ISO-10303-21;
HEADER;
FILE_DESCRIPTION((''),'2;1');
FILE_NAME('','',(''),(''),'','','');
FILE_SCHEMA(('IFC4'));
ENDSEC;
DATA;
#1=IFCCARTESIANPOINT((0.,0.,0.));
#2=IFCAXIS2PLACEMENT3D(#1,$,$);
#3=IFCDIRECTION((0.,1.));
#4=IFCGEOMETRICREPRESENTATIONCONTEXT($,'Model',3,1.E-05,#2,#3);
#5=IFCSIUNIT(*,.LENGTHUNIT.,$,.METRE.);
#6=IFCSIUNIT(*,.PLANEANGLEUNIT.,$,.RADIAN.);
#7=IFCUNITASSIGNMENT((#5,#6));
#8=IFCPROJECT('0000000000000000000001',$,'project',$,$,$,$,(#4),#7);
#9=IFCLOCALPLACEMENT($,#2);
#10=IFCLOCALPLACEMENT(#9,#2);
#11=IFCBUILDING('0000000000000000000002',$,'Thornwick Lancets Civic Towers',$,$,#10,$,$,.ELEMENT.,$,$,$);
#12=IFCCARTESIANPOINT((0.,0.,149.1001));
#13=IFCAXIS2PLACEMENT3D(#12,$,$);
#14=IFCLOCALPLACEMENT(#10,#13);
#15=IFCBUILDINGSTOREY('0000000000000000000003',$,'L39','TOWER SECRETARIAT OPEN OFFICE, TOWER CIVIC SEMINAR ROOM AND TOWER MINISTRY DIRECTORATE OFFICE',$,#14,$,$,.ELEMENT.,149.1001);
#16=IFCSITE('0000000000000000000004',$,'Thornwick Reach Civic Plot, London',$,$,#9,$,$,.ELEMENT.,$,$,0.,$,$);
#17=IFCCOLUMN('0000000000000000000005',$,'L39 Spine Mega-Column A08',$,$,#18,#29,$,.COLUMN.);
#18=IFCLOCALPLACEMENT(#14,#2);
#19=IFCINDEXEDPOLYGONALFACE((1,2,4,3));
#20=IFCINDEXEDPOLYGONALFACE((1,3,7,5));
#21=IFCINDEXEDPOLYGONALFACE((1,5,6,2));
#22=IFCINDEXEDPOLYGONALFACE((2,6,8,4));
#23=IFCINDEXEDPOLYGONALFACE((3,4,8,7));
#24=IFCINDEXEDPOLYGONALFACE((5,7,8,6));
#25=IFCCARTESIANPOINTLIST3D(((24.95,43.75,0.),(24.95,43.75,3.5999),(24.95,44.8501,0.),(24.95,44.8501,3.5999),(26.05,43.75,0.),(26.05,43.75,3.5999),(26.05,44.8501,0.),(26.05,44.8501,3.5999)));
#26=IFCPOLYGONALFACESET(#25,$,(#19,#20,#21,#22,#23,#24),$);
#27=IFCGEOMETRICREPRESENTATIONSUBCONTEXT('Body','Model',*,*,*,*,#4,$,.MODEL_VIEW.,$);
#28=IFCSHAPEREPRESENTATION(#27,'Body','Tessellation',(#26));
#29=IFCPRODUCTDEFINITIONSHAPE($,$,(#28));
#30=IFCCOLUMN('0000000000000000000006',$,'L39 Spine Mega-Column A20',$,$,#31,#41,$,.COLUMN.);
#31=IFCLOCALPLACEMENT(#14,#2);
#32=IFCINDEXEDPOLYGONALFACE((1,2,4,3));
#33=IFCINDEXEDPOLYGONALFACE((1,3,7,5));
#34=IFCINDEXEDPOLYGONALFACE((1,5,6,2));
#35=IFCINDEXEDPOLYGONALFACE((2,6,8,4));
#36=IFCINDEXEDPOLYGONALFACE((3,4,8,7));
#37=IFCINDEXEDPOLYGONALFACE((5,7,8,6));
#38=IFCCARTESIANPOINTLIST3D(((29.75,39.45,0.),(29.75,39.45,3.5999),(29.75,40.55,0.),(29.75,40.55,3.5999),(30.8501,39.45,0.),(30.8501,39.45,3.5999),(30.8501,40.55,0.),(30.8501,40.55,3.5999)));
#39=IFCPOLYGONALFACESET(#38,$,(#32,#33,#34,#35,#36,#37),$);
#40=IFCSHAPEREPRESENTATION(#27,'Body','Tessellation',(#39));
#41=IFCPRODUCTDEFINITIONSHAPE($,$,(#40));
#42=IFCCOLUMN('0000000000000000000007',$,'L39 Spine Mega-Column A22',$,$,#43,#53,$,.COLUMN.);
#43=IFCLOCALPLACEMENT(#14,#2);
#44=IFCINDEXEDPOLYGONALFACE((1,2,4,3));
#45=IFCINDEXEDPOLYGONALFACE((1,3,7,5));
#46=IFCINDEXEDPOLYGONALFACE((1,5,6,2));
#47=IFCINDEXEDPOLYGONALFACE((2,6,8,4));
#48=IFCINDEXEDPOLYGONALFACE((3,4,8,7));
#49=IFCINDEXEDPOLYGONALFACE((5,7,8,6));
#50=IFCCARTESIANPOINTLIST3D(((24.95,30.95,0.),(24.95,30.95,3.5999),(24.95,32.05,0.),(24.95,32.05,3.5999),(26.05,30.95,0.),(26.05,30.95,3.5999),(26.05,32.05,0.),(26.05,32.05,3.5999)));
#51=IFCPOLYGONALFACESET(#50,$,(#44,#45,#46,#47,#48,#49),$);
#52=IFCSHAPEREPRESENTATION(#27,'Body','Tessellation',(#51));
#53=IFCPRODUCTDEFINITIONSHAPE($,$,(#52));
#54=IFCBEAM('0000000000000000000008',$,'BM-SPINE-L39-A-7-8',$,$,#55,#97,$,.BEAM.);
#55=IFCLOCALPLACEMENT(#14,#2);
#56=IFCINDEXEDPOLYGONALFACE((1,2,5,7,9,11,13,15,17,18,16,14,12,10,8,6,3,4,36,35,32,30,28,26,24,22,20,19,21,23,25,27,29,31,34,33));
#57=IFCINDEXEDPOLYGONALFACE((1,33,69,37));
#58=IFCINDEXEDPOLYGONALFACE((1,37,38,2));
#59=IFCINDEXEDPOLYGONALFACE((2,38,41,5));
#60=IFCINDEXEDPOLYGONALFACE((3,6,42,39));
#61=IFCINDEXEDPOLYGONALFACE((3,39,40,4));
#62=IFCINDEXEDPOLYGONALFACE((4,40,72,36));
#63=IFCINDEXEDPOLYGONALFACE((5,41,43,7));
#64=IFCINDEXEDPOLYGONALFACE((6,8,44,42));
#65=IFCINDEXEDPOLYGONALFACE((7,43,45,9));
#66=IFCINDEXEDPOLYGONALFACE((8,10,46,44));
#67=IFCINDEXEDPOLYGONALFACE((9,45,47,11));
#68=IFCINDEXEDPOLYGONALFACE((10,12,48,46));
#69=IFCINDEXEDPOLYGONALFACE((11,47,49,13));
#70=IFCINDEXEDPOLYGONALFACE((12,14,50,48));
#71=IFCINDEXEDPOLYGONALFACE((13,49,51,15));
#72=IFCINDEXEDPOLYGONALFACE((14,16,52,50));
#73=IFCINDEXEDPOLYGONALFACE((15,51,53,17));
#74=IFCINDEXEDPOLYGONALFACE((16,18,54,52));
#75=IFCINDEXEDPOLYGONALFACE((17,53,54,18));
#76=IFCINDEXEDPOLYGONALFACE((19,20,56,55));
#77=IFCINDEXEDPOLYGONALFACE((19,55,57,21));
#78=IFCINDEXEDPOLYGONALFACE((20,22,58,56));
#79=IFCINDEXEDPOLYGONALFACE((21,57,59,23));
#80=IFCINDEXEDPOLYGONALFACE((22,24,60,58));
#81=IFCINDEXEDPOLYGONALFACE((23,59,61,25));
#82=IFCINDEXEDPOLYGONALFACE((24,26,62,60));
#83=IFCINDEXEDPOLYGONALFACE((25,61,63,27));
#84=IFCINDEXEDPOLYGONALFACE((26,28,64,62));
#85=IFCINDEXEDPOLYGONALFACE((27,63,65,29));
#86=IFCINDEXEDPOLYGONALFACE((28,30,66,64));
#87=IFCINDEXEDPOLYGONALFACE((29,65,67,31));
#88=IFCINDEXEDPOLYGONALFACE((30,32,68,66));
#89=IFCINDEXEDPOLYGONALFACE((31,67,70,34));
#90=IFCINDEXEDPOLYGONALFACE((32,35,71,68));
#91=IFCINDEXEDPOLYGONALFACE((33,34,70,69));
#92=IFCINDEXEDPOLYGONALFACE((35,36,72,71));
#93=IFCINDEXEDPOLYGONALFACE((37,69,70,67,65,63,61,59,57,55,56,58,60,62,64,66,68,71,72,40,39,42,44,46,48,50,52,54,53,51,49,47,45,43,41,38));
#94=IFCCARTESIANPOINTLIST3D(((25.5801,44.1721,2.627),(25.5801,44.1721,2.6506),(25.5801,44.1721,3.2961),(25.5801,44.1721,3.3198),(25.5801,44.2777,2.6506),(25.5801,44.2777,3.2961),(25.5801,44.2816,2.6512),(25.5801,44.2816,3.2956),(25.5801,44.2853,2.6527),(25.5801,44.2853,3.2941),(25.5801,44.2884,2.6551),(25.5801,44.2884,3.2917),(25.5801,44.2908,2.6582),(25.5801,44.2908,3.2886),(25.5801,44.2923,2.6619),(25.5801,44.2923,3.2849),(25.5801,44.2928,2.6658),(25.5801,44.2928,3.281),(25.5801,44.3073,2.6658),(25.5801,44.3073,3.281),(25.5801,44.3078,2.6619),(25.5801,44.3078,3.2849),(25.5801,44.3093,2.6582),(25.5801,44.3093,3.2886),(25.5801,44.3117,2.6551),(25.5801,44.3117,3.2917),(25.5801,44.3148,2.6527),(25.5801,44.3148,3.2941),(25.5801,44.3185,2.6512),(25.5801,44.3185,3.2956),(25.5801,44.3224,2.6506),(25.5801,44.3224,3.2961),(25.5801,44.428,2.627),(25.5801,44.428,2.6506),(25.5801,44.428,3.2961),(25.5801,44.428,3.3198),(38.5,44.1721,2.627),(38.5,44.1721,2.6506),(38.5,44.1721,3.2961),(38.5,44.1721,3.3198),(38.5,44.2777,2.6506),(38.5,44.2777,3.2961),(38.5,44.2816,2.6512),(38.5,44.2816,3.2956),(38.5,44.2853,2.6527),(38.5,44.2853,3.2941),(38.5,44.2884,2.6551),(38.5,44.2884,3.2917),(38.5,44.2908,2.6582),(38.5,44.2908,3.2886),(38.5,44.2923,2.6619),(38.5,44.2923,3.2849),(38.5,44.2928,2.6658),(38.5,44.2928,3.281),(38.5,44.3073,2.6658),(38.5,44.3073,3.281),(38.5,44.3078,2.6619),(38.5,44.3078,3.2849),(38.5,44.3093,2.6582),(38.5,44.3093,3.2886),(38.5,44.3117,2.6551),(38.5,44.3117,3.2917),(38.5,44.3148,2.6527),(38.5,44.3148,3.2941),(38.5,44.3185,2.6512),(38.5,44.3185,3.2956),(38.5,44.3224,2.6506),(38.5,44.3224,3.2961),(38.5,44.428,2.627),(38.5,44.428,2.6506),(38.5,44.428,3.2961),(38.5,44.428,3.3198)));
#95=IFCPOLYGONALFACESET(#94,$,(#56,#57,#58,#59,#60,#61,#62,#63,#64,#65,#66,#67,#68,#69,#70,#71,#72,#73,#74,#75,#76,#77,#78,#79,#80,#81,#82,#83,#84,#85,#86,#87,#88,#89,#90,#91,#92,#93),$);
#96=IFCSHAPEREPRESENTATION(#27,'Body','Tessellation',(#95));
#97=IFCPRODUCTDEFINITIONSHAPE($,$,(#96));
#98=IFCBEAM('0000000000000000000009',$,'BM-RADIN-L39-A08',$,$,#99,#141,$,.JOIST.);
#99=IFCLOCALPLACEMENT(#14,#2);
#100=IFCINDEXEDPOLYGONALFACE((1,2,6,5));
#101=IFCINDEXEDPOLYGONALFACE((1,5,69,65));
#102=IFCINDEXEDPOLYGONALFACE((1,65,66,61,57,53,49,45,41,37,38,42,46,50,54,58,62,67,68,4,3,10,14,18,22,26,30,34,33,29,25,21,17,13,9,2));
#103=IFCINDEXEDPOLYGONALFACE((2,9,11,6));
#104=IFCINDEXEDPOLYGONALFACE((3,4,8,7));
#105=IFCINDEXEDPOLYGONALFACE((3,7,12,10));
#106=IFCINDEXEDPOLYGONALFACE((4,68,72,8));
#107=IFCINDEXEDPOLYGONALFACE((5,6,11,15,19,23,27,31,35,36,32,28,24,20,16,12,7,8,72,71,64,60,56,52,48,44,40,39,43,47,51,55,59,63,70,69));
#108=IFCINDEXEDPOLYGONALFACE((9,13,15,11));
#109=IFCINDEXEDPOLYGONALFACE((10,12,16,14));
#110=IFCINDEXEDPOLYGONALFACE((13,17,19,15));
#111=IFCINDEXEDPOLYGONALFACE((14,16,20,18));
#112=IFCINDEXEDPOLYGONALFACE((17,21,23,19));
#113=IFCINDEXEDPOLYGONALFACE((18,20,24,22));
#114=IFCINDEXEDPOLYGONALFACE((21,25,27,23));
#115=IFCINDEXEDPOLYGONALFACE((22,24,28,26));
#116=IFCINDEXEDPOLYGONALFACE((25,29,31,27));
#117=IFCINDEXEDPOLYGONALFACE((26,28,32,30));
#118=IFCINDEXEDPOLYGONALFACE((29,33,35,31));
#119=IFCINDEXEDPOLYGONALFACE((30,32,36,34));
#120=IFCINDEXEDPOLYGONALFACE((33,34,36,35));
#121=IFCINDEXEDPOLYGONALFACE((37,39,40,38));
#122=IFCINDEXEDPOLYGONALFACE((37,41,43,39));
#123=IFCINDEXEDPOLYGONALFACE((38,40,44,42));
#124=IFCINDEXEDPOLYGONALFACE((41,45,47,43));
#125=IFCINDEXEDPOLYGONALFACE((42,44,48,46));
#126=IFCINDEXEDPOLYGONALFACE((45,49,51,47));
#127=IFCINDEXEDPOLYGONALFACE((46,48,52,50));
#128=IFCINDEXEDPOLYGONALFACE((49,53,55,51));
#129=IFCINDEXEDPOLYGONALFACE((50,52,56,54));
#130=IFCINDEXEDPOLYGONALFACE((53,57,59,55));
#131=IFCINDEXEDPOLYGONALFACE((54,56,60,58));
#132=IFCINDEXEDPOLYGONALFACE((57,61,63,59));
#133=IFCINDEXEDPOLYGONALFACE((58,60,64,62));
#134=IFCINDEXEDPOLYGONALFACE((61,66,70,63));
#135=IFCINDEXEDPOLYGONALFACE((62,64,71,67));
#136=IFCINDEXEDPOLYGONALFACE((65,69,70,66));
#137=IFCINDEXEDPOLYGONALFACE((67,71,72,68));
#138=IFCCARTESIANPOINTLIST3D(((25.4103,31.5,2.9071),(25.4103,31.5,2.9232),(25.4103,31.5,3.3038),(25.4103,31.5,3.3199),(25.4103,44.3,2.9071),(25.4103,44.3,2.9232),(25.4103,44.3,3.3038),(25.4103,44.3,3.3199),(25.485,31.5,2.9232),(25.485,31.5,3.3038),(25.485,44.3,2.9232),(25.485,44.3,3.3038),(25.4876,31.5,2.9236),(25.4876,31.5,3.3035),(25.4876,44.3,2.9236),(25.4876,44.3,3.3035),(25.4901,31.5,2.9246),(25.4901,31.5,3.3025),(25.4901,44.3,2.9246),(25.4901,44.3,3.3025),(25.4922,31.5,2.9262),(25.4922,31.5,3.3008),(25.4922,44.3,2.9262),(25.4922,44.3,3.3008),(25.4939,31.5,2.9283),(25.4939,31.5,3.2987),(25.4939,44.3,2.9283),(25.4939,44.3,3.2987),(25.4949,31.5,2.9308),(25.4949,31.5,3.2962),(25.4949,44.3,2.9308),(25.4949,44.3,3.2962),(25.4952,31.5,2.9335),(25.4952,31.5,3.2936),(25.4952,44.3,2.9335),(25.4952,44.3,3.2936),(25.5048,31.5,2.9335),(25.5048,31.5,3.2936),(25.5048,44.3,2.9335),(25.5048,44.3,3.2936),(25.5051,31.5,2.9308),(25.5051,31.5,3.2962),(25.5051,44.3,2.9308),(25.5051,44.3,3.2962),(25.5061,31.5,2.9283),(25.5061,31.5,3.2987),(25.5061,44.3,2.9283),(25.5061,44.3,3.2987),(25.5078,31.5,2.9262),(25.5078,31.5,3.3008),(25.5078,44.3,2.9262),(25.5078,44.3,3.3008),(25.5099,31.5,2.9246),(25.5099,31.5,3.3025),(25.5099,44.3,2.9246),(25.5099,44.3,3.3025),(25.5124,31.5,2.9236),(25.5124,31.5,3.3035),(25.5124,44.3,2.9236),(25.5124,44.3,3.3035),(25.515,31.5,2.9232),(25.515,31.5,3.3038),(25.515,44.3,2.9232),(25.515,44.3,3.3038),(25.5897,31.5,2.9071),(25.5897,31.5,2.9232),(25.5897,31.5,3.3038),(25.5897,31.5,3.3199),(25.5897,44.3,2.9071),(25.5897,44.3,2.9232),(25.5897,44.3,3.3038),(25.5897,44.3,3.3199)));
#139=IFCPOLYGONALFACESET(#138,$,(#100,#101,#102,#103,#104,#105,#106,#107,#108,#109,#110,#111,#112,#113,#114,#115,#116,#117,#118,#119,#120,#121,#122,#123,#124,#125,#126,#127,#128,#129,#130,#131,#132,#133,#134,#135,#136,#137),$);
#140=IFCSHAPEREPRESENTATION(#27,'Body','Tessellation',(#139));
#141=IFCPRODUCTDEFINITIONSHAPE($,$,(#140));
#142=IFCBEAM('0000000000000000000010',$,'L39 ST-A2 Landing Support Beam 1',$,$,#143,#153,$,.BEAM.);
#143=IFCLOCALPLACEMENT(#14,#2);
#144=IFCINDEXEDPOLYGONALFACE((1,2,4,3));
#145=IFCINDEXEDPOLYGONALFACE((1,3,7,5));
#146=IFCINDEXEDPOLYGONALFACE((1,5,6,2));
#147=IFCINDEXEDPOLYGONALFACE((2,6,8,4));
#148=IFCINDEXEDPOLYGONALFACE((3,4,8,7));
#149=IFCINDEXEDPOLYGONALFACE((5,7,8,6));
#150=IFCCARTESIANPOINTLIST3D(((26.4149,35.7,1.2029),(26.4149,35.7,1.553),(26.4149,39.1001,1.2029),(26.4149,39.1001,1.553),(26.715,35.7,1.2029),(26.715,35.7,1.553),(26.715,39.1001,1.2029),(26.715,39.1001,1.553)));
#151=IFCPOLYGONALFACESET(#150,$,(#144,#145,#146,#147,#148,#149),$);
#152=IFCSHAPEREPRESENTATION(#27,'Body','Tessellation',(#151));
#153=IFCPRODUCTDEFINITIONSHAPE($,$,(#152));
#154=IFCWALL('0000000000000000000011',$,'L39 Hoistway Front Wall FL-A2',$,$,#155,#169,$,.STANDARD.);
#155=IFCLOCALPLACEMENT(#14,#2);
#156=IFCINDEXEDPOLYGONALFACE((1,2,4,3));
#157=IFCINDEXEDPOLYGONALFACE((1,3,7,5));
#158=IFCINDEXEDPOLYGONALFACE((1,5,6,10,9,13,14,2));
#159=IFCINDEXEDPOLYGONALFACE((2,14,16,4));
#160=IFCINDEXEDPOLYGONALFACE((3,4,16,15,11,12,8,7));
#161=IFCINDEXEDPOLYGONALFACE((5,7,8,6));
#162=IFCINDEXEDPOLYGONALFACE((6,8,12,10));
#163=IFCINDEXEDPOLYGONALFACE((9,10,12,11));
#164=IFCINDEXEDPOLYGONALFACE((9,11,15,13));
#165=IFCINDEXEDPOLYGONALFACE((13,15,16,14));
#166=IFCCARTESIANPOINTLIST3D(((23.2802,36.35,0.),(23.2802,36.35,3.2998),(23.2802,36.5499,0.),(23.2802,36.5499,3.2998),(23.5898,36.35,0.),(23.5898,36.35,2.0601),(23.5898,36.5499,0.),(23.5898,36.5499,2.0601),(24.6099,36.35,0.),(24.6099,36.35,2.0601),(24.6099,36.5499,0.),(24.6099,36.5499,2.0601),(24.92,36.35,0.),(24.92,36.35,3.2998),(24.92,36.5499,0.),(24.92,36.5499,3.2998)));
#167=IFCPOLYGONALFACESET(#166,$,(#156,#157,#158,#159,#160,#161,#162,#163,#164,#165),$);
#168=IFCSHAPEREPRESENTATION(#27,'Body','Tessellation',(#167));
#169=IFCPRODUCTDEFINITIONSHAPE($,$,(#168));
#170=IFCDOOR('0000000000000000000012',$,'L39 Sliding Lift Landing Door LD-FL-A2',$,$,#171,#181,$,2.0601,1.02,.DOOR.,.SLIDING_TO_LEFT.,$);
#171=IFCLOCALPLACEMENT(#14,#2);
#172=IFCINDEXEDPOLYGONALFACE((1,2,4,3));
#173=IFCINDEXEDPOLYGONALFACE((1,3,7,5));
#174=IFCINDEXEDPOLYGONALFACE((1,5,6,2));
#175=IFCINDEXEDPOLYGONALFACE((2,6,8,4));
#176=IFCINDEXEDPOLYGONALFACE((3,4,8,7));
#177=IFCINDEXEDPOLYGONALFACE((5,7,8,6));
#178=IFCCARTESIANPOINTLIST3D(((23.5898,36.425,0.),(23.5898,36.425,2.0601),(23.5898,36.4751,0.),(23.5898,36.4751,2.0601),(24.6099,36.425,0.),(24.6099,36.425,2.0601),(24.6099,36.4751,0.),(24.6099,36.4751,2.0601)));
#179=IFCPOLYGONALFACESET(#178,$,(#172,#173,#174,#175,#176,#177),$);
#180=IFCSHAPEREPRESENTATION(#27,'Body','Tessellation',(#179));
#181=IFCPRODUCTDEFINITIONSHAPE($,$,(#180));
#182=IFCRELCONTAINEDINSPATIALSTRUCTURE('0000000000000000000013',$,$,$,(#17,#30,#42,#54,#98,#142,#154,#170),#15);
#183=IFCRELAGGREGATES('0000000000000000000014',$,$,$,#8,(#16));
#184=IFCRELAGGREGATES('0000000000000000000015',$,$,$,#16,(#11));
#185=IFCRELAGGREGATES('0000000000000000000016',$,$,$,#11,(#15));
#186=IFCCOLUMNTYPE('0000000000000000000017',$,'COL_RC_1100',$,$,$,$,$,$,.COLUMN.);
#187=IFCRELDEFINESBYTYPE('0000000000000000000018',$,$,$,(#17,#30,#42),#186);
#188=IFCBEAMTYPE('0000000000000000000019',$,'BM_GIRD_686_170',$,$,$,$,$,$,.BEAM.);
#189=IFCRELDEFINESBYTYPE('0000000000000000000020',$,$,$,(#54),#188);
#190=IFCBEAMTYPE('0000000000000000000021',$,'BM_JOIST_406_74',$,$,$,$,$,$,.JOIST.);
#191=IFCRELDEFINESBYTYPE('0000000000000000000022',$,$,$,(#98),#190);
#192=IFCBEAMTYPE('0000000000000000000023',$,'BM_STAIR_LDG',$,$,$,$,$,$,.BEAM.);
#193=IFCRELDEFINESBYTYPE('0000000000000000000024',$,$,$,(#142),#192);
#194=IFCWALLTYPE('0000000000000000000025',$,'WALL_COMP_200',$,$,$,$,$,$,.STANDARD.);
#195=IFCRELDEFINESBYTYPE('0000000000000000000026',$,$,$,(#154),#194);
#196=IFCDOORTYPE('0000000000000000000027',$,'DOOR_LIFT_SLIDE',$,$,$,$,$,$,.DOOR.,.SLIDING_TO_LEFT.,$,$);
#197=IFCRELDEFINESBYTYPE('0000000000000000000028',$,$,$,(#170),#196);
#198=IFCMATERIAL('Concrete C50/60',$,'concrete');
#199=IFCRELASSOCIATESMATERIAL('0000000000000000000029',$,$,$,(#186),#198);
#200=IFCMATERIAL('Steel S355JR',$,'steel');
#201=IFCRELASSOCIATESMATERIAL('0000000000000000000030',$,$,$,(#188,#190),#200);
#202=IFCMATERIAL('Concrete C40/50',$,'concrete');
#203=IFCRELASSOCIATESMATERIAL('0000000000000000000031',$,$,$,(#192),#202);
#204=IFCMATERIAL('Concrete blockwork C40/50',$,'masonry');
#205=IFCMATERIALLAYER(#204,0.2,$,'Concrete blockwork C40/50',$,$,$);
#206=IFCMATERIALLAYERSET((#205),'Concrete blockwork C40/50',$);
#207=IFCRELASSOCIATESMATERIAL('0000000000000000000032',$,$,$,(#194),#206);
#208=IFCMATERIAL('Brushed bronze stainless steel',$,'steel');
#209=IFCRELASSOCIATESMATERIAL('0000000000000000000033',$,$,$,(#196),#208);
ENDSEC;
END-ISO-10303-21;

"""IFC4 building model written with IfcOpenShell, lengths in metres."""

from ifc_helpers import new_model, si_unit, direction, frame, frame_2d, origin, origin_2d, place, context, subcontext, project, spatial, rectangle, i_section, extrude, material, layer, layer_set, material_profile, profile_set, type_object, element, fill, save


model = new_model("IFC4")

# Units and contexts
model_context = context("Model", 3, precision=1e-05, world=origin(), true_north=direction((0.0, 1.0)))
body_context = subcontext(model_context, "Body", "Model", "MODEL_VIEW")
ifc_project = project(units=[si_unit("LENGTHUNIT", "METRE"), si_unit("PLANEANGLEUNIT", "RADIAN")], contexts=[model_context])

# Site, building, storey
site_placement = place(None, origin())
site = spatial("IfcSite", under=ifc_project, at=site_placement, Name="Thornwick Reach Civic Plot, London", CompositionType="ELEMENT", RefElevation=0.0)
building_placement = place(site_placement, origin())
building = spatial("IfcBuilding", under=site, at=building_placement, Name="Thornwick Lancets Civic Towers", CompositionType="ELEMENT")
storey_placement = place(building_placement, frame((0.0, 0.0, 149.1001)))
storey = spatial("IfcBuildingStorey", under=building, at=storey_placement, Name="L39", Description="TOWER SECRETARIAT OPEN OFFICE, TOWER CIVIC SEMINAR ROOM AND TOWER MINISTRY DIRECTORATE OFFICE", CompositionType="ELEMENT", Elevation=149.1001)

# Columns
ifc_material_1 = material(Name="Concrete C50/60", Category="concrete")
ifc_material_profile_1 = material_profile(ifc_material_1, rectangle(XDim=1.1001, YDim=1.1001, at=origin_2d()), Name="RC 1100x1100")
ifc_profile_set_1 = profile_set([ifc_material_profile_1], Name="Concrete C50/60")
column_type = type_object("IfcColumnType", Name="COL_RC_1100", PredefinedType="COLUMN", material=ifc_profile_set_1)
for number, where, z_axis, x_axis, name in (
    (1, (25.5, 44.3, 0.0), (0.0, 0.0, 1.0), (1.0, 0.0, 0.0), "L39 Spine Mega-Column A08"),
    (2, (30.3, 40.0, 0.0), (0.0, 0.0, 1.0), (1.0, 0.0, 0.0), "L39 Spine Mega-Column A20"),
    (3, (25.5, 31.5, 0.0), (0.0, 0.0, 1.0), (1.0, 0.0, 0.0), "L39 Spine Mega-Column A22"),
):
    element("IfcColumn", number, at=place(storey_placement, frame(where, z_axis=z_axis, x_axis=x_axis)), inside=storey, type_object=column_type, Name=name, PredefinedType="COLUMN", context=body_context, shape_type="SweptSolid", body=[
        extrude(rectangle(XDim=1.1001, YDim=1.1001, at=origin_2d()), origin(), (0.0, 0.0, 1.0), 3.5999),
    ])

# Beams
ifc_material_2 = material(Name="Steel S355JR", Category="steel")
ifc_material_profile_2 = material_profile(ifc_material_2, i_section(OverallWidth=0.2559, OverallDepth=0.6929, WebThickness=0.0144, FlangeThickness=0.0237, FilletRadius=0.0151, at=origin_2d()), Name="UKB 686x254x170")
ifc_profile_set_2 = profile_set([ifc_material_profile_2], Name="Steel S355JR")
beam_type_1 = type_object("IfcBeamType", Name="BM_GIRD_686_170", PredefinedType="BEAM", material=ifc_profile_set_2)
beam_1_placement = place(storey_placement, frame((25.5801, 44.3, 2.9734), z_axis=(1.0, 0.0, 0.0), x_axis=(0.0, 1.0, 0.0)))
element("IfcBeam", 4, at=beam_1_placement, inside=storey, type_object=beam_type_1, Name="BM-SPINE-L39-A-7-8", PredefinedType="BEAM", context=body_context, shape_type="SweptSolid", body=[
    extrude(i_section(OverallWidth=0.2559, OverallDepth=0.6929, WebThickness=0.0144, FlangeThickness=0.0237, FilletRadius=0.0151, at=origin_2d()), origin(), (0.0, 0.0, 1.0), 12.9199),
])
ifc_material_profile_3 = material_profile(ifc_material_2, i_section(OverallWidth=0.1794, OverallDepth=0.4128, WebThickness=0.0095, FlangeThickness=0.0161, FilletRadius=0.0103, at=origin_2d()), Name="UKB 406x178x74")
ifc_profile_set_3 = profile_set([ifc_material_profile_3], Name="Steel S355JR")
beam_type_2 = type_object("IfcBeamType", Name="BM_JOIST_406_74", PredefinedType="JOIST", material=ifc_profile_set_3)
beam_2_placement = place(storey_placement, frame((25.5, 31.5, 3.1135), z_axis=(0.0, 1.0, 0.0), x_axis=(-1.0, 0.0, 0.0)))
element("IfcBeam", 5, at=beam_2_placement, inside=storey, type_object=beam_type_2, Name="BM-RADIN-L39-A08", PredefinedType="JOIST", context=body_context, shape_type="SweptSolid", body=[
    extrude(i_section(OverallWidth=0.1794, OverallDepth=0.4128, WebThickness=0.0095, FlangeThickness=0.0161, FilletRadius=0.0103, at=origin_2d()), origin(), (0.0, 0.0, 1.0), 12.8),
])
ifc_material_3 = material(Name="Concrete C40/50", Category="concrete")
ifc_material_profile_4 = material_profile(ifc_material_3, rectangle(XDim=0.3, YDim=0.3501, at=origin_2d()), Name="RC 300x350")
ifc_profile_set_4 = profile_set([ifc_material_profile_4], Name="Concrete C40/50")
beam_type_3 = type_object("IfcBeamType", Name="BM_STAIR_LDG", PredefinedType="BEAM", material=ifc_profile_set_4)
beam_3_placement = place(storey_placement, frame((26.5649, 39.1001, 1.3779), z_axis=(0.0, -1.0, 0.0), x_axis=(1.0, 0.0, 0.0)))
element("IfcBeam", 6, at=beam_3_placement, inside=storey, type_object=beam_type_3, Name="L39 ST-A2 Landing Support Beam 1", PredefinedType="BEAM", context=body_context, shape_type="SweptSolid", body=[
    extrude(rectangle(XDim=0.3, YDim=0.3501, at=origin_2d()), origin(), (0.0, 0.0, 1.0), 3.4001),
])

# Wall, opening, door
ifc_material_4 = material(Name="Concrete blockwork C40/50", Category="masonry")
ifc_layer_1 = layer(ifc_material_4, 0.2, Name="Concrete blockwork C40/50")
ifc_layer_set_1 = layer_set([ifc_layer_1], Name="Concrete blockwork C40/50")
wall_type_1 = type_object("IfcWallType", Name="WALL_COMP_200", PredefinedType="STANDARD", material=ifc_layer_set_1)
wall_1_placement = place(storey_placement, frame((24.9199, 36.45, 0.0), z_axis=(0.0, 0.0, 1.0), x_axis=(-1.0, 0.0, 0.0)))
wall_1 = element("IfcWall", 7, at=wall_1_placement, inside=storey, type_object=wall_type_1, Name="L39 Hoistway Front Wall FL-A2", PredefinedType="STANDARD", context=body_context, shape_type="SweptSolid", body=[
    extrude(rectangle(XDim=1.6399, YDim=0.2, at=frame_2d((0.8198, 0.0))), origin(), (0.0, 0.0, 1.0), 3.2998),
])
opening_1_placement = place(wall_1_placement, frame((0.3101, 0.0, 0.0)))
opening_1 = element("IfcOpeningElement", 8, at=opening_1_placement, cuts=wall_1, PredefinedType="OPENING", context=body_context, shape_type="SweptSolid", body=[
    extrude(rectangle(XDim=1.02, YDim=2.0601, at=frame_2d((0.51, 1.03))), frame((0.0, 0.1099, 0.0), z_axis=(0.0, -1.0, 0.0), x_axis=(1.0, 0.0, 0.0)), (0.0, 0.0, 1.0), 0.22),
])
ifc_material_5 = material(Name="Brushed bronze stainless steel", Category="steel")
door_type_1 = type_object("IfcDoorType", Name="DOOR_LIFT_SLIDE", OperationType="SLIDING_TO_LEFT", PredefinedType="DOOR", material=ifc_material_5)
door_1_placement = place(opening_1_placement, origin())
door_1 = element("IfcDoor", 9, at=door_1_placement, inside=storey, type_object=door_type_1, Name="L39 Sliding Lift Landing Door LD-FL-A2", OperationType="SLIDING_TO_LEFT", OverallHeight=2.0601, OverallWidth=1.02, PredefinedType="DOOR", context=body_context, shape_type="SweptSolid", body=[
    extrude(rectangle(XDim=1.02, YDim=2.0601, at=frame_2d((0.51, 1.03))), frame((0.0, 0.0249, 0.0), z_axis=(0.0, -1.0, 0.0), x_axis=(1.0, 0.0, 0.0)), (0.0, 0.0, 1.0), 0.05),
])
fill(opening_1, door_1)

save(model, "model.ifc")
